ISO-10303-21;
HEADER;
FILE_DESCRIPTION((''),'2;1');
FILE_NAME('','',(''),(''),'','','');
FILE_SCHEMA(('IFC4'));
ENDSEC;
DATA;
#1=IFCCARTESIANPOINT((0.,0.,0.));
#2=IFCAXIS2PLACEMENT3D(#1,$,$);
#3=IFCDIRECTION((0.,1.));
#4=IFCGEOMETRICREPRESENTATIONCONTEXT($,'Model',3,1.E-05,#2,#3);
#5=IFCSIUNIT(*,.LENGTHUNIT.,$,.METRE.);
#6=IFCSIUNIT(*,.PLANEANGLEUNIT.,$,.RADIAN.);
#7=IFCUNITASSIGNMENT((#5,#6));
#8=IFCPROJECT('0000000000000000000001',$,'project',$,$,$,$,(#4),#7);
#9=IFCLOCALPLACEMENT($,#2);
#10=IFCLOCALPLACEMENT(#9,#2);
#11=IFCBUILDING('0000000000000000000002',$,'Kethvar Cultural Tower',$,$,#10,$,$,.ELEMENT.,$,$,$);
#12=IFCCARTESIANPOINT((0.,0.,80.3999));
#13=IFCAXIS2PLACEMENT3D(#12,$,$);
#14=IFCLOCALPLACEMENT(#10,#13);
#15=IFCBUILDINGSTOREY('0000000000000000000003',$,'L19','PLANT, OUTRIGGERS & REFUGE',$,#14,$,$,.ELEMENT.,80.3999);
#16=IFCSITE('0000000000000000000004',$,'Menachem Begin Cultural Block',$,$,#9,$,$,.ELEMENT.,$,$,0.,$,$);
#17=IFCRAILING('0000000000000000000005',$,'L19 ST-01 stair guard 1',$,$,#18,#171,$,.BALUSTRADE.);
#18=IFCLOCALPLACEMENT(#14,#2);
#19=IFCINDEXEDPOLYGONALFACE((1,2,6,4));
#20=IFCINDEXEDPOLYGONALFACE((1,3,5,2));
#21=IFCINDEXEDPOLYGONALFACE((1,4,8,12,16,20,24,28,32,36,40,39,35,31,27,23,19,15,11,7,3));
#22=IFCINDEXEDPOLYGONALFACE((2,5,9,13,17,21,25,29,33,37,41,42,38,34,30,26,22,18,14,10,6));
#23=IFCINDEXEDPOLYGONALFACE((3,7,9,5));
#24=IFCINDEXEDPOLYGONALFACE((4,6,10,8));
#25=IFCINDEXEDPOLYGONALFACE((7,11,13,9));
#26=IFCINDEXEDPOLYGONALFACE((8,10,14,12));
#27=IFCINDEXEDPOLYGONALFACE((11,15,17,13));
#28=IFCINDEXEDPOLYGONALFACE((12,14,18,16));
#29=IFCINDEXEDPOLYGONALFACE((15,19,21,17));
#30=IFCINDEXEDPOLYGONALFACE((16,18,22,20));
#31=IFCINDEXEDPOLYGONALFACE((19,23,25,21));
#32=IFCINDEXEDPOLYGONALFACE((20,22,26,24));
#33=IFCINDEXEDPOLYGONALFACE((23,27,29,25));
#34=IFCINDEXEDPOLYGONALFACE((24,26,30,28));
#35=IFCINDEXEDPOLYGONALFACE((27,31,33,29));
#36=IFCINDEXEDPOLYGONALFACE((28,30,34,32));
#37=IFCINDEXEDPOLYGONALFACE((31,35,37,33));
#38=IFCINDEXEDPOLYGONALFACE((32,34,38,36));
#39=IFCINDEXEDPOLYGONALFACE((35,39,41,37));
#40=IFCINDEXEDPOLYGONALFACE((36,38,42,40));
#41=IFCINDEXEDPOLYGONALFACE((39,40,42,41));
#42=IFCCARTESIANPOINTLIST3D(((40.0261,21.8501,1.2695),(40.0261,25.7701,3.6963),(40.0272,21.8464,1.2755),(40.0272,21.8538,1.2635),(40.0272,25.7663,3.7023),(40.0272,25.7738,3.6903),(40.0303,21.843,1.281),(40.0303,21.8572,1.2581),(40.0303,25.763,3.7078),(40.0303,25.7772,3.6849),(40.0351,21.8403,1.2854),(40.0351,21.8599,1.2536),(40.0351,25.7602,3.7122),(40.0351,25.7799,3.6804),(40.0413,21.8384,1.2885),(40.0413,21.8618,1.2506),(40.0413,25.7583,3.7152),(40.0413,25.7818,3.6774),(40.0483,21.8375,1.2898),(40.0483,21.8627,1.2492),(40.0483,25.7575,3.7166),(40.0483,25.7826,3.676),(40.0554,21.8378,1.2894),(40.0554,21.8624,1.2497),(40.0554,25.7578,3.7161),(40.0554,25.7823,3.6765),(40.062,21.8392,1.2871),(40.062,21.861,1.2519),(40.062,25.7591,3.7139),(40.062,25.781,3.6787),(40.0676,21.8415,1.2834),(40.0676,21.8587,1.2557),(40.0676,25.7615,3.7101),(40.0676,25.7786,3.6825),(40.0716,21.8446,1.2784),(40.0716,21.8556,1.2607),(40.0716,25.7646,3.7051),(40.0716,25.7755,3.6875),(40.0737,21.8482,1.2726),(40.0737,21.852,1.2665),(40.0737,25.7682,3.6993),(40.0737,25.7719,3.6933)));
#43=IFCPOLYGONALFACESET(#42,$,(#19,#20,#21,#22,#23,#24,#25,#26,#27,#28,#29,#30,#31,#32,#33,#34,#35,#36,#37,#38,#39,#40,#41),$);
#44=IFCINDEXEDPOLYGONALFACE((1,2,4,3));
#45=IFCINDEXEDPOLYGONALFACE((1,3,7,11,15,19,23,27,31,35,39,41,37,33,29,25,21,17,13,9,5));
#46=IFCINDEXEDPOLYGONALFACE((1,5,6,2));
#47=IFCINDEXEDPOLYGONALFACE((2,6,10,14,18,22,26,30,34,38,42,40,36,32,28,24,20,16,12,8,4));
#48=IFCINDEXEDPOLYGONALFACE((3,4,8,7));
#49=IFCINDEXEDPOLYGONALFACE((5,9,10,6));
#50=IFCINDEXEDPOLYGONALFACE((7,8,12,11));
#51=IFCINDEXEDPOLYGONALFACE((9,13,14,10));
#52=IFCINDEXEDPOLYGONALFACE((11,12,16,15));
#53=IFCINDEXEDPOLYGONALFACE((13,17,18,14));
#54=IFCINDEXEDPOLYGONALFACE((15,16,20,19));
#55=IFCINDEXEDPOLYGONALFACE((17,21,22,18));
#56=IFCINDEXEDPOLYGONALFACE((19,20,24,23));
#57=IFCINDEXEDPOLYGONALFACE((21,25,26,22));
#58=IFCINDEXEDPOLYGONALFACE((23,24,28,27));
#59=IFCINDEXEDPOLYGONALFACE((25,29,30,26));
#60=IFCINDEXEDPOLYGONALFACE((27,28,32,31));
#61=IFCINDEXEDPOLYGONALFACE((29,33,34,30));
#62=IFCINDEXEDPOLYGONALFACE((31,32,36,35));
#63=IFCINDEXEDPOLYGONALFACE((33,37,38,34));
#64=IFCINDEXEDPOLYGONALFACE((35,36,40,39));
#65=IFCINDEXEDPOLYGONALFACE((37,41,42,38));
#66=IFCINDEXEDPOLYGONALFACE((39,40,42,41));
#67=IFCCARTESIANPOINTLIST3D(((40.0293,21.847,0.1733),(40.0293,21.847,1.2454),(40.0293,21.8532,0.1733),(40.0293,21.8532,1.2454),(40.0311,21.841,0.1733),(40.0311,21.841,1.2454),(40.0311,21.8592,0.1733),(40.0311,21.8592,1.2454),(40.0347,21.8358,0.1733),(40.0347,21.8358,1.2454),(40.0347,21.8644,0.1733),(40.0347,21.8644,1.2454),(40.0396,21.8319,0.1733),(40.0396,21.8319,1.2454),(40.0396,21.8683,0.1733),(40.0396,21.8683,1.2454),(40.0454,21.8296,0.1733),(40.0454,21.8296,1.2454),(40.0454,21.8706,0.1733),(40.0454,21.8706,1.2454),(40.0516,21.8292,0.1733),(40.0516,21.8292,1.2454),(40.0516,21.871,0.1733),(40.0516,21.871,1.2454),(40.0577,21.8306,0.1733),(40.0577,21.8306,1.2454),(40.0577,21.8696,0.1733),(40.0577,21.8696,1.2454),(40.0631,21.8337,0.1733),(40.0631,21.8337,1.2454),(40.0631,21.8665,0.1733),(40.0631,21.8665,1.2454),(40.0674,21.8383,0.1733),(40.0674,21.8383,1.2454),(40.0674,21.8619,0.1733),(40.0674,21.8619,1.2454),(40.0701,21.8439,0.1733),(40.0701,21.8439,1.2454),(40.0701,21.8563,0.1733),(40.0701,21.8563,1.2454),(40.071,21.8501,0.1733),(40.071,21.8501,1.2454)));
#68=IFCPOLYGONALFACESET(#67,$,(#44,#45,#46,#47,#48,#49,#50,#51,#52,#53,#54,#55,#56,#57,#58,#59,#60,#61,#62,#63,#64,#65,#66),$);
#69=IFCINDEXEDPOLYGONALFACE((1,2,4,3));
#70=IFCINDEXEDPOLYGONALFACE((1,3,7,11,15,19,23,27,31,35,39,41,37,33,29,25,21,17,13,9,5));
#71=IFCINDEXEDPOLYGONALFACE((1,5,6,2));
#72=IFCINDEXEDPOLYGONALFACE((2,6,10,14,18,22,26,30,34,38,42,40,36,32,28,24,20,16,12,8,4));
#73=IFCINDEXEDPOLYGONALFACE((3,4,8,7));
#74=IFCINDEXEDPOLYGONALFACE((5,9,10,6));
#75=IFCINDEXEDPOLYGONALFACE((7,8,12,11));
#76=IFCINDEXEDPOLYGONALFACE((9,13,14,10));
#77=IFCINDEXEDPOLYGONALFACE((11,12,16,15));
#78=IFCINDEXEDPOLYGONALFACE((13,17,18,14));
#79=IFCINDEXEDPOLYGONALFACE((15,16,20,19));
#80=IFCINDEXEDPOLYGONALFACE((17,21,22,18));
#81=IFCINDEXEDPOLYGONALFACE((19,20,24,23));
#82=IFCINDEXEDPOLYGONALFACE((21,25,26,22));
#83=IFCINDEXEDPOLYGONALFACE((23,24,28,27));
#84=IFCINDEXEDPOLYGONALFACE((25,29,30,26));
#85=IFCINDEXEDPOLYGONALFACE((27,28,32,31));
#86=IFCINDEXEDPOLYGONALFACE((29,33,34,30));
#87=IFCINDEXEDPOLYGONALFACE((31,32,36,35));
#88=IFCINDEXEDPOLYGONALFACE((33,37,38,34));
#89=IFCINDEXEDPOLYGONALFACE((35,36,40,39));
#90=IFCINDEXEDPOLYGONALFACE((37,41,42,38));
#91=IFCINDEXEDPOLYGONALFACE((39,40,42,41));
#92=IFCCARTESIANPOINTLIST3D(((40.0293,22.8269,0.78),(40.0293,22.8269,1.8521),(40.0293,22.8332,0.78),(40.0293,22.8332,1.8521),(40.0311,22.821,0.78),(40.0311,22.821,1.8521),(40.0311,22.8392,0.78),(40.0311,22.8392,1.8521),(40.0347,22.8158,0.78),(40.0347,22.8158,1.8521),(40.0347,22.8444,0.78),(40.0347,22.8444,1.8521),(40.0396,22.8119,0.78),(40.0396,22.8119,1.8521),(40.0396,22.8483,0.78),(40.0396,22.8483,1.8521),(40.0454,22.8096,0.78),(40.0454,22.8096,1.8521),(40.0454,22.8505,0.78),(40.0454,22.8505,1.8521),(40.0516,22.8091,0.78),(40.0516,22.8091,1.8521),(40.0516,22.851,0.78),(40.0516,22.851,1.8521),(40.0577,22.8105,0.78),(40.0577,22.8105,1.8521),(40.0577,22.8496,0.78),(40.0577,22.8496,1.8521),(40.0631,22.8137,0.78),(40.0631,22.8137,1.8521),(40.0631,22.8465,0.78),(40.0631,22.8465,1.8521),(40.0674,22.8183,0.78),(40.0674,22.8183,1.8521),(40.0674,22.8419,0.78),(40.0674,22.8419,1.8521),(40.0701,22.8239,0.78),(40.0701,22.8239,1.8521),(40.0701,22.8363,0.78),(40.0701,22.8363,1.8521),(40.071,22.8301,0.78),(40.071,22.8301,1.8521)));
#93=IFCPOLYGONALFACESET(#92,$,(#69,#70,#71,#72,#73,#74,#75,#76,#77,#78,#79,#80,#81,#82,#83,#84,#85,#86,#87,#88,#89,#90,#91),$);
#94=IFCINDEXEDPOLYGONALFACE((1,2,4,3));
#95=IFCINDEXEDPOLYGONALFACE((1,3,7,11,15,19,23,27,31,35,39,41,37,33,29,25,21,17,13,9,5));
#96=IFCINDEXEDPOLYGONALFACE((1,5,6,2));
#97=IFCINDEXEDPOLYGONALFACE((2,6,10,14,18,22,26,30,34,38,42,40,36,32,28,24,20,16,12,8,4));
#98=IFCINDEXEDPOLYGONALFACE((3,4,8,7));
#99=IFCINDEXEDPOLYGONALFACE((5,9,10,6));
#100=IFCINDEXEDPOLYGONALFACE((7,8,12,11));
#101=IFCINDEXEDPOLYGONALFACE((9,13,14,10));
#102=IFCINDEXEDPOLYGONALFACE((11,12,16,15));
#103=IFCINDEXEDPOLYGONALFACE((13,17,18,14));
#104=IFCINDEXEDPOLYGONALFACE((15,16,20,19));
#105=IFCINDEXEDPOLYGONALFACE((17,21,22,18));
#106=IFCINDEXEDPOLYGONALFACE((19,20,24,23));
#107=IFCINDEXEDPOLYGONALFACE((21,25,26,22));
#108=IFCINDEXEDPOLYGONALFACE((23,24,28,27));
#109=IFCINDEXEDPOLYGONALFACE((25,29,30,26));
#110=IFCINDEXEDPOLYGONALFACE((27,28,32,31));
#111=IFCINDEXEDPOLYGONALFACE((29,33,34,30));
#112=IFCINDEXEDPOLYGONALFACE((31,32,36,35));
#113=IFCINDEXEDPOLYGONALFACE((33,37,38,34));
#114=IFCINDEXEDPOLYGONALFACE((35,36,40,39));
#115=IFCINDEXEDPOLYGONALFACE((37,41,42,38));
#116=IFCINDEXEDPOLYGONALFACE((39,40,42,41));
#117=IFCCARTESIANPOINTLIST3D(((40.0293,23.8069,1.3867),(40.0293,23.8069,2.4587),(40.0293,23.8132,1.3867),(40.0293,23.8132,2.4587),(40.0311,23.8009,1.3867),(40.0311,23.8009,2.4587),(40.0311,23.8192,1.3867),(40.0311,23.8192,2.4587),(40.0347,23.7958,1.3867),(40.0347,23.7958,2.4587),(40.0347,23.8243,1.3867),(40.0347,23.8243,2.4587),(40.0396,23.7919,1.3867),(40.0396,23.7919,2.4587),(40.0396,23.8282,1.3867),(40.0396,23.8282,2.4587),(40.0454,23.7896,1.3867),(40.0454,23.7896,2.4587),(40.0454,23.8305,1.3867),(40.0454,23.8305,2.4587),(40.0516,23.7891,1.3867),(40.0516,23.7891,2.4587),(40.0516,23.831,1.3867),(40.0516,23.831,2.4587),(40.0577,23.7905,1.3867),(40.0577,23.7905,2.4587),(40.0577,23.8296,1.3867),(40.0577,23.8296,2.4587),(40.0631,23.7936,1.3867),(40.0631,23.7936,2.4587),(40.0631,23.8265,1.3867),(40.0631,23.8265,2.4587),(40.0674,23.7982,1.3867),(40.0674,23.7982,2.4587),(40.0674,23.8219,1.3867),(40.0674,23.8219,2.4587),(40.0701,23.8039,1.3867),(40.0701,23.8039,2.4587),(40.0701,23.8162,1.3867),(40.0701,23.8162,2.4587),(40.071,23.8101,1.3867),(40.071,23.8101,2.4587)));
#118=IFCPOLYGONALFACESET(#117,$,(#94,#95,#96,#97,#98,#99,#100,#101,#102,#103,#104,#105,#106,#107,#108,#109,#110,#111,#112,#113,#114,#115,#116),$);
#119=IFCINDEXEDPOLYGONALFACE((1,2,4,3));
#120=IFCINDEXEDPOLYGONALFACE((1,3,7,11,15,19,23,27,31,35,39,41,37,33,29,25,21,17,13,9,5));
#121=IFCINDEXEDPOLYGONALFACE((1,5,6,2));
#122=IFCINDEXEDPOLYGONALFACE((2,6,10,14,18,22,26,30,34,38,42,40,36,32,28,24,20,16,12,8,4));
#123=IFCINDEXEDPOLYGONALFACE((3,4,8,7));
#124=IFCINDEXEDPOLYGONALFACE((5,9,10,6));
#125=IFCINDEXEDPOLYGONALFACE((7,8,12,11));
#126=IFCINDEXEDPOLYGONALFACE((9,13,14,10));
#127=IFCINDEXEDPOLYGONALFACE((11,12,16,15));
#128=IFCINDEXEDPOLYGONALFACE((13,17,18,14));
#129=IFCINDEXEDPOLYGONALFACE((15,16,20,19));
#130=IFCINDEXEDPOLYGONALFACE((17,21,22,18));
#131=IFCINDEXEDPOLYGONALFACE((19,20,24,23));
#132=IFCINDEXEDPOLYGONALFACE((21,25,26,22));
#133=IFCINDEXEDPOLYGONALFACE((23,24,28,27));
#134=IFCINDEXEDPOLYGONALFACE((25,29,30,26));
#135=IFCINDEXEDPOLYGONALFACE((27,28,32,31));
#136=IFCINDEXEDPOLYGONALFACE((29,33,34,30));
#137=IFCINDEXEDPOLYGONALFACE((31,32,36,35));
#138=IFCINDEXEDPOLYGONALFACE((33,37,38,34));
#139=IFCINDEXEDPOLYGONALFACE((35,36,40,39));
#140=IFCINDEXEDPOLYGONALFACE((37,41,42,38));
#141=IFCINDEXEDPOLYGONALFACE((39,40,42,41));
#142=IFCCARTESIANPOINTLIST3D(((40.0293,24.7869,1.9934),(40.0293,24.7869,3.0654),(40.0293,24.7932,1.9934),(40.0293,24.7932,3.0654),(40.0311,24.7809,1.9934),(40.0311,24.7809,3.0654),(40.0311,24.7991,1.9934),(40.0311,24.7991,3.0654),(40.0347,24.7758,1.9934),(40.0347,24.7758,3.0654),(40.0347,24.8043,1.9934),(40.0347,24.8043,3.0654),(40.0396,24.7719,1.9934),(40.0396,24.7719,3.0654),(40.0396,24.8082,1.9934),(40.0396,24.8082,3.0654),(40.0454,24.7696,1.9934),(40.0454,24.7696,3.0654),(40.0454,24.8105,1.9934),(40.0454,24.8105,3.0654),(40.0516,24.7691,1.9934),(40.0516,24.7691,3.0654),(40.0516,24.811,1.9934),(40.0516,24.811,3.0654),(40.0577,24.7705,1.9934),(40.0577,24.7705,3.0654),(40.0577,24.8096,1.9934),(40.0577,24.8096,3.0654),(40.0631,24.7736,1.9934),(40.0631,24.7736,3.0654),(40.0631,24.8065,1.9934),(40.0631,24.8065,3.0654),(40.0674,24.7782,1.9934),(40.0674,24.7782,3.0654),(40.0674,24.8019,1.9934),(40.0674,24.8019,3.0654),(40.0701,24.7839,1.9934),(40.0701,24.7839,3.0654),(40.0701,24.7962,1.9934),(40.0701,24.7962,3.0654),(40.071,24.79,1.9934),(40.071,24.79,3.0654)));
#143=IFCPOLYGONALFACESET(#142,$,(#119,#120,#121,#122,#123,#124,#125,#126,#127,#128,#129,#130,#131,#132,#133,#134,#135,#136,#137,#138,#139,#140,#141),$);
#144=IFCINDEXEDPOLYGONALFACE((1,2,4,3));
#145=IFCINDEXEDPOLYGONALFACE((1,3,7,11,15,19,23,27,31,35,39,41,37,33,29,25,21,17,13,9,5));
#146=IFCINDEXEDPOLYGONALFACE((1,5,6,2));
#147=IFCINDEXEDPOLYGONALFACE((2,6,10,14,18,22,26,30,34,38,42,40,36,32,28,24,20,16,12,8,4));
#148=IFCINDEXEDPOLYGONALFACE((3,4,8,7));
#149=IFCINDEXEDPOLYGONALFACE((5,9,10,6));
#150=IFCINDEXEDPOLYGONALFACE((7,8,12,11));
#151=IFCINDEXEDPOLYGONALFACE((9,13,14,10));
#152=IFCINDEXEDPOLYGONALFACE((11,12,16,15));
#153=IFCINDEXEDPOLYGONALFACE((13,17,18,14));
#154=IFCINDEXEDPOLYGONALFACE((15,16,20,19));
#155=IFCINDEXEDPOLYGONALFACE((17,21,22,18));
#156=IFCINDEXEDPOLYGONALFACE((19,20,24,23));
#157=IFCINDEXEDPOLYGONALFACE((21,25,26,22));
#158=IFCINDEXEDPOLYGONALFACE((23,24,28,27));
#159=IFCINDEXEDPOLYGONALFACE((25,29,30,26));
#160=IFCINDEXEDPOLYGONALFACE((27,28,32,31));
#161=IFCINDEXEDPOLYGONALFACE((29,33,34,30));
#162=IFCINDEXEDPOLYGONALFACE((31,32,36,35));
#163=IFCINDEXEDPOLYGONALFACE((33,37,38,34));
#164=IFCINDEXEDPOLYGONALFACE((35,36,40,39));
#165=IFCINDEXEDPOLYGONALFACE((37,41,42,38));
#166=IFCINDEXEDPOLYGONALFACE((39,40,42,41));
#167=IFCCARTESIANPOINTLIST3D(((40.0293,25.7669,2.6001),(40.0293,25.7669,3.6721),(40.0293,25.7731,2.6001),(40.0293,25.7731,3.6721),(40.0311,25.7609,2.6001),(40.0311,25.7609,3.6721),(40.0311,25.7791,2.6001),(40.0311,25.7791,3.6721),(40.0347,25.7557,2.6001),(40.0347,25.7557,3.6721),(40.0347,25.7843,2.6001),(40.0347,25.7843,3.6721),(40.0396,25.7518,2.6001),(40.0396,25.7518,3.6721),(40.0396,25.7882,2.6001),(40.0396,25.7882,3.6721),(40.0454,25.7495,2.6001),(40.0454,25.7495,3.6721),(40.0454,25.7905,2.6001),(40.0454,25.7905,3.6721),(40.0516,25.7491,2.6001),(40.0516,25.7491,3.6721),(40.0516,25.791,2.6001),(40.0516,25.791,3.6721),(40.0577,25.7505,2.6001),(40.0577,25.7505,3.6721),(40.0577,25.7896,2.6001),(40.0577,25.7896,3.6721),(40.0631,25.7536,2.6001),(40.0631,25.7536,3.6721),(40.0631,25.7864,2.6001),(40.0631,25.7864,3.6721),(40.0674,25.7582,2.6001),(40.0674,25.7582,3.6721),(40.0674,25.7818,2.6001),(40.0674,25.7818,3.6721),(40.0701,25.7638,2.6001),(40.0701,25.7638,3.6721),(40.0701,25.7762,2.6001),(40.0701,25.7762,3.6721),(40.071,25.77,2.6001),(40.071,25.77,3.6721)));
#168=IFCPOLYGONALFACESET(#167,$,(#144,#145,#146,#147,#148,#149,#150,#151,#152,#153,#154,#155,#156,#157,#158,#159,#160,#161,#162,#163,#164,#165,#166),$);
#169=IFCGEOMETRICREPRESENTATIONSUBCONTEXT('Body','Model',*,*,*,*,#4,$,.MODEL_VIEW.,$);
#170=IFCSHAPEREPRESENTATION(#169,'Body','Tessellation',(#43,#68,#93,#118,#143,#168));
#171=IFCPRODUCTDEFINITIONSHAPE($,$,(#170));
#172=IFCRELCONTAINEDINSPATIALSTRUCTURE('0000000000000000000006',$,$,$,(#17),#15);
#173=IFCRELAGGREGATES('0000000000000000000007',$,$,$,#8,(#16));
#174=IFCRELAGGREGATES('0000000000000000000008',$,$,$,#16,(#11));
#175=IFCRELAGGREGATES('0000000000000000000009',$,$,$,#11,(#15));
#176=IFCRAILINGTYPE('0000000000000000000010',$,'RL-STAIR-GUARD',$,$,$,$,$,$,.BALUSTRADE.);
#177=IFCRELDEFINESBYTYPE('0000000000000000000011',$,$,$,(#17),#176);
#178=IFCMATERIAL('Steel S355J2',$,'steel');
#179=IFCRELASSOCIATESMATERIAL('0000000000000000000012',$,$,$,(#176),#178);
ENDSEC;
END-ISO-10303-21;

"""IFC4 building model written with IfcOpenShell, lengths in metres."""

from ifc_helpers import new_model, si_unit, direction, frame, origin, origin_2d, place, context, subcontext, project, spatial, circle, extrude, material, type_object, element, save


model = new_model("IFC4")

# Units and contexts
model_context = context("Model", 3, precision=1e-05, world=origin(), true_north=direction((0.0, 1.0)))
body_context = subcontext(model_context, "Body", "Model", "MODEL_VIEW")
ifc_project = project(units=[si_unit("LENGTHUNIT", "METRE"), si_unit("PLANEANGLEUNIT", "RADIAN")], contexts=[model_context])

# Site, building, storey
site_placement = place(None, origin())
site = spatial("IfcSite", under=ifc_project, at=site_placement, Name="Menachem Begin Cultural Block", CompositionType="ELEMENT", RefElevation=0.0)
building_placement = place(site_placement, origin())
building = spatial("IfcBuilding", under=site, at=building_placement, Name="Kethvar Cultural Tower", CompositionType="ELEMENT")
storey_placement = place(building_placement, frame((0.0, 0.0, 80.3999)))
storey = spatial("IfcBuildingStorey", under=building, at=storey_placement, Name="L19", Description="PLANT, OUTRIGGERS & REFUGE", CompositionType="ELEMENT", Elevation=80.3999)

# Shared definitions
ifc_material_1 = material(Name="Steel S355J2", Category="steel")

# Railing
railing_type_1 = type_object("IfcRailingType", Name="RL-STAIR-GUARD", PredefinedType="BALUSTRADE", material=ifc_material_1)
railing_1_placement = place(storey_placement, frame((40.05, 21.8501, 0.1733)))
element("IfcRailing", 1, at=railing_1_placement, inside=storey, type_object=railing_type_1, Name="L19 ST-01 stair guard 1", PredefinedType="BALUSTRADE", context=body_context, shape_type="SweptSolid", body=[
    extrude(circle(Radius=0.0239, at=origin_2d()), frame((0.0, 0.0, 1.0962), z_axis=(0.0, 0.850252, 0.526376), x_axis=(-1.0, 0.0, 0.0)), (0.0, 0.0, 1.0), 4.6104),
    extrude(circle(Radius=0.021, at=origin_2d()), origin(), (0.0, 0.0, 1.0), 1.072),
    extrude(circle(Radius=0.021, at=origin_2d()), frame((0.0, 0.98, 0.6067)), (0.0, 0.0, 1.0), 1.072),
    extrude(circle(Radius=0.021, at=origin_2d()), frame((0.0, 1.96, 1.2134)), (0.0, 0.0, 1.0), 1.072),
    extrude(circle(Radius=0.021, at=origin_2d()), frame((0.0, 2.9399, 1.8201)), (0.0, 0.0, 1.0), 1.072),
    extrude(circle(Radius=0.021, at=origin_2d()), frame((0.0, 3.9199, 2.4268)), (0.0, 0.0, 1.0), 1.072),
])

save(model, "model.ifc")
